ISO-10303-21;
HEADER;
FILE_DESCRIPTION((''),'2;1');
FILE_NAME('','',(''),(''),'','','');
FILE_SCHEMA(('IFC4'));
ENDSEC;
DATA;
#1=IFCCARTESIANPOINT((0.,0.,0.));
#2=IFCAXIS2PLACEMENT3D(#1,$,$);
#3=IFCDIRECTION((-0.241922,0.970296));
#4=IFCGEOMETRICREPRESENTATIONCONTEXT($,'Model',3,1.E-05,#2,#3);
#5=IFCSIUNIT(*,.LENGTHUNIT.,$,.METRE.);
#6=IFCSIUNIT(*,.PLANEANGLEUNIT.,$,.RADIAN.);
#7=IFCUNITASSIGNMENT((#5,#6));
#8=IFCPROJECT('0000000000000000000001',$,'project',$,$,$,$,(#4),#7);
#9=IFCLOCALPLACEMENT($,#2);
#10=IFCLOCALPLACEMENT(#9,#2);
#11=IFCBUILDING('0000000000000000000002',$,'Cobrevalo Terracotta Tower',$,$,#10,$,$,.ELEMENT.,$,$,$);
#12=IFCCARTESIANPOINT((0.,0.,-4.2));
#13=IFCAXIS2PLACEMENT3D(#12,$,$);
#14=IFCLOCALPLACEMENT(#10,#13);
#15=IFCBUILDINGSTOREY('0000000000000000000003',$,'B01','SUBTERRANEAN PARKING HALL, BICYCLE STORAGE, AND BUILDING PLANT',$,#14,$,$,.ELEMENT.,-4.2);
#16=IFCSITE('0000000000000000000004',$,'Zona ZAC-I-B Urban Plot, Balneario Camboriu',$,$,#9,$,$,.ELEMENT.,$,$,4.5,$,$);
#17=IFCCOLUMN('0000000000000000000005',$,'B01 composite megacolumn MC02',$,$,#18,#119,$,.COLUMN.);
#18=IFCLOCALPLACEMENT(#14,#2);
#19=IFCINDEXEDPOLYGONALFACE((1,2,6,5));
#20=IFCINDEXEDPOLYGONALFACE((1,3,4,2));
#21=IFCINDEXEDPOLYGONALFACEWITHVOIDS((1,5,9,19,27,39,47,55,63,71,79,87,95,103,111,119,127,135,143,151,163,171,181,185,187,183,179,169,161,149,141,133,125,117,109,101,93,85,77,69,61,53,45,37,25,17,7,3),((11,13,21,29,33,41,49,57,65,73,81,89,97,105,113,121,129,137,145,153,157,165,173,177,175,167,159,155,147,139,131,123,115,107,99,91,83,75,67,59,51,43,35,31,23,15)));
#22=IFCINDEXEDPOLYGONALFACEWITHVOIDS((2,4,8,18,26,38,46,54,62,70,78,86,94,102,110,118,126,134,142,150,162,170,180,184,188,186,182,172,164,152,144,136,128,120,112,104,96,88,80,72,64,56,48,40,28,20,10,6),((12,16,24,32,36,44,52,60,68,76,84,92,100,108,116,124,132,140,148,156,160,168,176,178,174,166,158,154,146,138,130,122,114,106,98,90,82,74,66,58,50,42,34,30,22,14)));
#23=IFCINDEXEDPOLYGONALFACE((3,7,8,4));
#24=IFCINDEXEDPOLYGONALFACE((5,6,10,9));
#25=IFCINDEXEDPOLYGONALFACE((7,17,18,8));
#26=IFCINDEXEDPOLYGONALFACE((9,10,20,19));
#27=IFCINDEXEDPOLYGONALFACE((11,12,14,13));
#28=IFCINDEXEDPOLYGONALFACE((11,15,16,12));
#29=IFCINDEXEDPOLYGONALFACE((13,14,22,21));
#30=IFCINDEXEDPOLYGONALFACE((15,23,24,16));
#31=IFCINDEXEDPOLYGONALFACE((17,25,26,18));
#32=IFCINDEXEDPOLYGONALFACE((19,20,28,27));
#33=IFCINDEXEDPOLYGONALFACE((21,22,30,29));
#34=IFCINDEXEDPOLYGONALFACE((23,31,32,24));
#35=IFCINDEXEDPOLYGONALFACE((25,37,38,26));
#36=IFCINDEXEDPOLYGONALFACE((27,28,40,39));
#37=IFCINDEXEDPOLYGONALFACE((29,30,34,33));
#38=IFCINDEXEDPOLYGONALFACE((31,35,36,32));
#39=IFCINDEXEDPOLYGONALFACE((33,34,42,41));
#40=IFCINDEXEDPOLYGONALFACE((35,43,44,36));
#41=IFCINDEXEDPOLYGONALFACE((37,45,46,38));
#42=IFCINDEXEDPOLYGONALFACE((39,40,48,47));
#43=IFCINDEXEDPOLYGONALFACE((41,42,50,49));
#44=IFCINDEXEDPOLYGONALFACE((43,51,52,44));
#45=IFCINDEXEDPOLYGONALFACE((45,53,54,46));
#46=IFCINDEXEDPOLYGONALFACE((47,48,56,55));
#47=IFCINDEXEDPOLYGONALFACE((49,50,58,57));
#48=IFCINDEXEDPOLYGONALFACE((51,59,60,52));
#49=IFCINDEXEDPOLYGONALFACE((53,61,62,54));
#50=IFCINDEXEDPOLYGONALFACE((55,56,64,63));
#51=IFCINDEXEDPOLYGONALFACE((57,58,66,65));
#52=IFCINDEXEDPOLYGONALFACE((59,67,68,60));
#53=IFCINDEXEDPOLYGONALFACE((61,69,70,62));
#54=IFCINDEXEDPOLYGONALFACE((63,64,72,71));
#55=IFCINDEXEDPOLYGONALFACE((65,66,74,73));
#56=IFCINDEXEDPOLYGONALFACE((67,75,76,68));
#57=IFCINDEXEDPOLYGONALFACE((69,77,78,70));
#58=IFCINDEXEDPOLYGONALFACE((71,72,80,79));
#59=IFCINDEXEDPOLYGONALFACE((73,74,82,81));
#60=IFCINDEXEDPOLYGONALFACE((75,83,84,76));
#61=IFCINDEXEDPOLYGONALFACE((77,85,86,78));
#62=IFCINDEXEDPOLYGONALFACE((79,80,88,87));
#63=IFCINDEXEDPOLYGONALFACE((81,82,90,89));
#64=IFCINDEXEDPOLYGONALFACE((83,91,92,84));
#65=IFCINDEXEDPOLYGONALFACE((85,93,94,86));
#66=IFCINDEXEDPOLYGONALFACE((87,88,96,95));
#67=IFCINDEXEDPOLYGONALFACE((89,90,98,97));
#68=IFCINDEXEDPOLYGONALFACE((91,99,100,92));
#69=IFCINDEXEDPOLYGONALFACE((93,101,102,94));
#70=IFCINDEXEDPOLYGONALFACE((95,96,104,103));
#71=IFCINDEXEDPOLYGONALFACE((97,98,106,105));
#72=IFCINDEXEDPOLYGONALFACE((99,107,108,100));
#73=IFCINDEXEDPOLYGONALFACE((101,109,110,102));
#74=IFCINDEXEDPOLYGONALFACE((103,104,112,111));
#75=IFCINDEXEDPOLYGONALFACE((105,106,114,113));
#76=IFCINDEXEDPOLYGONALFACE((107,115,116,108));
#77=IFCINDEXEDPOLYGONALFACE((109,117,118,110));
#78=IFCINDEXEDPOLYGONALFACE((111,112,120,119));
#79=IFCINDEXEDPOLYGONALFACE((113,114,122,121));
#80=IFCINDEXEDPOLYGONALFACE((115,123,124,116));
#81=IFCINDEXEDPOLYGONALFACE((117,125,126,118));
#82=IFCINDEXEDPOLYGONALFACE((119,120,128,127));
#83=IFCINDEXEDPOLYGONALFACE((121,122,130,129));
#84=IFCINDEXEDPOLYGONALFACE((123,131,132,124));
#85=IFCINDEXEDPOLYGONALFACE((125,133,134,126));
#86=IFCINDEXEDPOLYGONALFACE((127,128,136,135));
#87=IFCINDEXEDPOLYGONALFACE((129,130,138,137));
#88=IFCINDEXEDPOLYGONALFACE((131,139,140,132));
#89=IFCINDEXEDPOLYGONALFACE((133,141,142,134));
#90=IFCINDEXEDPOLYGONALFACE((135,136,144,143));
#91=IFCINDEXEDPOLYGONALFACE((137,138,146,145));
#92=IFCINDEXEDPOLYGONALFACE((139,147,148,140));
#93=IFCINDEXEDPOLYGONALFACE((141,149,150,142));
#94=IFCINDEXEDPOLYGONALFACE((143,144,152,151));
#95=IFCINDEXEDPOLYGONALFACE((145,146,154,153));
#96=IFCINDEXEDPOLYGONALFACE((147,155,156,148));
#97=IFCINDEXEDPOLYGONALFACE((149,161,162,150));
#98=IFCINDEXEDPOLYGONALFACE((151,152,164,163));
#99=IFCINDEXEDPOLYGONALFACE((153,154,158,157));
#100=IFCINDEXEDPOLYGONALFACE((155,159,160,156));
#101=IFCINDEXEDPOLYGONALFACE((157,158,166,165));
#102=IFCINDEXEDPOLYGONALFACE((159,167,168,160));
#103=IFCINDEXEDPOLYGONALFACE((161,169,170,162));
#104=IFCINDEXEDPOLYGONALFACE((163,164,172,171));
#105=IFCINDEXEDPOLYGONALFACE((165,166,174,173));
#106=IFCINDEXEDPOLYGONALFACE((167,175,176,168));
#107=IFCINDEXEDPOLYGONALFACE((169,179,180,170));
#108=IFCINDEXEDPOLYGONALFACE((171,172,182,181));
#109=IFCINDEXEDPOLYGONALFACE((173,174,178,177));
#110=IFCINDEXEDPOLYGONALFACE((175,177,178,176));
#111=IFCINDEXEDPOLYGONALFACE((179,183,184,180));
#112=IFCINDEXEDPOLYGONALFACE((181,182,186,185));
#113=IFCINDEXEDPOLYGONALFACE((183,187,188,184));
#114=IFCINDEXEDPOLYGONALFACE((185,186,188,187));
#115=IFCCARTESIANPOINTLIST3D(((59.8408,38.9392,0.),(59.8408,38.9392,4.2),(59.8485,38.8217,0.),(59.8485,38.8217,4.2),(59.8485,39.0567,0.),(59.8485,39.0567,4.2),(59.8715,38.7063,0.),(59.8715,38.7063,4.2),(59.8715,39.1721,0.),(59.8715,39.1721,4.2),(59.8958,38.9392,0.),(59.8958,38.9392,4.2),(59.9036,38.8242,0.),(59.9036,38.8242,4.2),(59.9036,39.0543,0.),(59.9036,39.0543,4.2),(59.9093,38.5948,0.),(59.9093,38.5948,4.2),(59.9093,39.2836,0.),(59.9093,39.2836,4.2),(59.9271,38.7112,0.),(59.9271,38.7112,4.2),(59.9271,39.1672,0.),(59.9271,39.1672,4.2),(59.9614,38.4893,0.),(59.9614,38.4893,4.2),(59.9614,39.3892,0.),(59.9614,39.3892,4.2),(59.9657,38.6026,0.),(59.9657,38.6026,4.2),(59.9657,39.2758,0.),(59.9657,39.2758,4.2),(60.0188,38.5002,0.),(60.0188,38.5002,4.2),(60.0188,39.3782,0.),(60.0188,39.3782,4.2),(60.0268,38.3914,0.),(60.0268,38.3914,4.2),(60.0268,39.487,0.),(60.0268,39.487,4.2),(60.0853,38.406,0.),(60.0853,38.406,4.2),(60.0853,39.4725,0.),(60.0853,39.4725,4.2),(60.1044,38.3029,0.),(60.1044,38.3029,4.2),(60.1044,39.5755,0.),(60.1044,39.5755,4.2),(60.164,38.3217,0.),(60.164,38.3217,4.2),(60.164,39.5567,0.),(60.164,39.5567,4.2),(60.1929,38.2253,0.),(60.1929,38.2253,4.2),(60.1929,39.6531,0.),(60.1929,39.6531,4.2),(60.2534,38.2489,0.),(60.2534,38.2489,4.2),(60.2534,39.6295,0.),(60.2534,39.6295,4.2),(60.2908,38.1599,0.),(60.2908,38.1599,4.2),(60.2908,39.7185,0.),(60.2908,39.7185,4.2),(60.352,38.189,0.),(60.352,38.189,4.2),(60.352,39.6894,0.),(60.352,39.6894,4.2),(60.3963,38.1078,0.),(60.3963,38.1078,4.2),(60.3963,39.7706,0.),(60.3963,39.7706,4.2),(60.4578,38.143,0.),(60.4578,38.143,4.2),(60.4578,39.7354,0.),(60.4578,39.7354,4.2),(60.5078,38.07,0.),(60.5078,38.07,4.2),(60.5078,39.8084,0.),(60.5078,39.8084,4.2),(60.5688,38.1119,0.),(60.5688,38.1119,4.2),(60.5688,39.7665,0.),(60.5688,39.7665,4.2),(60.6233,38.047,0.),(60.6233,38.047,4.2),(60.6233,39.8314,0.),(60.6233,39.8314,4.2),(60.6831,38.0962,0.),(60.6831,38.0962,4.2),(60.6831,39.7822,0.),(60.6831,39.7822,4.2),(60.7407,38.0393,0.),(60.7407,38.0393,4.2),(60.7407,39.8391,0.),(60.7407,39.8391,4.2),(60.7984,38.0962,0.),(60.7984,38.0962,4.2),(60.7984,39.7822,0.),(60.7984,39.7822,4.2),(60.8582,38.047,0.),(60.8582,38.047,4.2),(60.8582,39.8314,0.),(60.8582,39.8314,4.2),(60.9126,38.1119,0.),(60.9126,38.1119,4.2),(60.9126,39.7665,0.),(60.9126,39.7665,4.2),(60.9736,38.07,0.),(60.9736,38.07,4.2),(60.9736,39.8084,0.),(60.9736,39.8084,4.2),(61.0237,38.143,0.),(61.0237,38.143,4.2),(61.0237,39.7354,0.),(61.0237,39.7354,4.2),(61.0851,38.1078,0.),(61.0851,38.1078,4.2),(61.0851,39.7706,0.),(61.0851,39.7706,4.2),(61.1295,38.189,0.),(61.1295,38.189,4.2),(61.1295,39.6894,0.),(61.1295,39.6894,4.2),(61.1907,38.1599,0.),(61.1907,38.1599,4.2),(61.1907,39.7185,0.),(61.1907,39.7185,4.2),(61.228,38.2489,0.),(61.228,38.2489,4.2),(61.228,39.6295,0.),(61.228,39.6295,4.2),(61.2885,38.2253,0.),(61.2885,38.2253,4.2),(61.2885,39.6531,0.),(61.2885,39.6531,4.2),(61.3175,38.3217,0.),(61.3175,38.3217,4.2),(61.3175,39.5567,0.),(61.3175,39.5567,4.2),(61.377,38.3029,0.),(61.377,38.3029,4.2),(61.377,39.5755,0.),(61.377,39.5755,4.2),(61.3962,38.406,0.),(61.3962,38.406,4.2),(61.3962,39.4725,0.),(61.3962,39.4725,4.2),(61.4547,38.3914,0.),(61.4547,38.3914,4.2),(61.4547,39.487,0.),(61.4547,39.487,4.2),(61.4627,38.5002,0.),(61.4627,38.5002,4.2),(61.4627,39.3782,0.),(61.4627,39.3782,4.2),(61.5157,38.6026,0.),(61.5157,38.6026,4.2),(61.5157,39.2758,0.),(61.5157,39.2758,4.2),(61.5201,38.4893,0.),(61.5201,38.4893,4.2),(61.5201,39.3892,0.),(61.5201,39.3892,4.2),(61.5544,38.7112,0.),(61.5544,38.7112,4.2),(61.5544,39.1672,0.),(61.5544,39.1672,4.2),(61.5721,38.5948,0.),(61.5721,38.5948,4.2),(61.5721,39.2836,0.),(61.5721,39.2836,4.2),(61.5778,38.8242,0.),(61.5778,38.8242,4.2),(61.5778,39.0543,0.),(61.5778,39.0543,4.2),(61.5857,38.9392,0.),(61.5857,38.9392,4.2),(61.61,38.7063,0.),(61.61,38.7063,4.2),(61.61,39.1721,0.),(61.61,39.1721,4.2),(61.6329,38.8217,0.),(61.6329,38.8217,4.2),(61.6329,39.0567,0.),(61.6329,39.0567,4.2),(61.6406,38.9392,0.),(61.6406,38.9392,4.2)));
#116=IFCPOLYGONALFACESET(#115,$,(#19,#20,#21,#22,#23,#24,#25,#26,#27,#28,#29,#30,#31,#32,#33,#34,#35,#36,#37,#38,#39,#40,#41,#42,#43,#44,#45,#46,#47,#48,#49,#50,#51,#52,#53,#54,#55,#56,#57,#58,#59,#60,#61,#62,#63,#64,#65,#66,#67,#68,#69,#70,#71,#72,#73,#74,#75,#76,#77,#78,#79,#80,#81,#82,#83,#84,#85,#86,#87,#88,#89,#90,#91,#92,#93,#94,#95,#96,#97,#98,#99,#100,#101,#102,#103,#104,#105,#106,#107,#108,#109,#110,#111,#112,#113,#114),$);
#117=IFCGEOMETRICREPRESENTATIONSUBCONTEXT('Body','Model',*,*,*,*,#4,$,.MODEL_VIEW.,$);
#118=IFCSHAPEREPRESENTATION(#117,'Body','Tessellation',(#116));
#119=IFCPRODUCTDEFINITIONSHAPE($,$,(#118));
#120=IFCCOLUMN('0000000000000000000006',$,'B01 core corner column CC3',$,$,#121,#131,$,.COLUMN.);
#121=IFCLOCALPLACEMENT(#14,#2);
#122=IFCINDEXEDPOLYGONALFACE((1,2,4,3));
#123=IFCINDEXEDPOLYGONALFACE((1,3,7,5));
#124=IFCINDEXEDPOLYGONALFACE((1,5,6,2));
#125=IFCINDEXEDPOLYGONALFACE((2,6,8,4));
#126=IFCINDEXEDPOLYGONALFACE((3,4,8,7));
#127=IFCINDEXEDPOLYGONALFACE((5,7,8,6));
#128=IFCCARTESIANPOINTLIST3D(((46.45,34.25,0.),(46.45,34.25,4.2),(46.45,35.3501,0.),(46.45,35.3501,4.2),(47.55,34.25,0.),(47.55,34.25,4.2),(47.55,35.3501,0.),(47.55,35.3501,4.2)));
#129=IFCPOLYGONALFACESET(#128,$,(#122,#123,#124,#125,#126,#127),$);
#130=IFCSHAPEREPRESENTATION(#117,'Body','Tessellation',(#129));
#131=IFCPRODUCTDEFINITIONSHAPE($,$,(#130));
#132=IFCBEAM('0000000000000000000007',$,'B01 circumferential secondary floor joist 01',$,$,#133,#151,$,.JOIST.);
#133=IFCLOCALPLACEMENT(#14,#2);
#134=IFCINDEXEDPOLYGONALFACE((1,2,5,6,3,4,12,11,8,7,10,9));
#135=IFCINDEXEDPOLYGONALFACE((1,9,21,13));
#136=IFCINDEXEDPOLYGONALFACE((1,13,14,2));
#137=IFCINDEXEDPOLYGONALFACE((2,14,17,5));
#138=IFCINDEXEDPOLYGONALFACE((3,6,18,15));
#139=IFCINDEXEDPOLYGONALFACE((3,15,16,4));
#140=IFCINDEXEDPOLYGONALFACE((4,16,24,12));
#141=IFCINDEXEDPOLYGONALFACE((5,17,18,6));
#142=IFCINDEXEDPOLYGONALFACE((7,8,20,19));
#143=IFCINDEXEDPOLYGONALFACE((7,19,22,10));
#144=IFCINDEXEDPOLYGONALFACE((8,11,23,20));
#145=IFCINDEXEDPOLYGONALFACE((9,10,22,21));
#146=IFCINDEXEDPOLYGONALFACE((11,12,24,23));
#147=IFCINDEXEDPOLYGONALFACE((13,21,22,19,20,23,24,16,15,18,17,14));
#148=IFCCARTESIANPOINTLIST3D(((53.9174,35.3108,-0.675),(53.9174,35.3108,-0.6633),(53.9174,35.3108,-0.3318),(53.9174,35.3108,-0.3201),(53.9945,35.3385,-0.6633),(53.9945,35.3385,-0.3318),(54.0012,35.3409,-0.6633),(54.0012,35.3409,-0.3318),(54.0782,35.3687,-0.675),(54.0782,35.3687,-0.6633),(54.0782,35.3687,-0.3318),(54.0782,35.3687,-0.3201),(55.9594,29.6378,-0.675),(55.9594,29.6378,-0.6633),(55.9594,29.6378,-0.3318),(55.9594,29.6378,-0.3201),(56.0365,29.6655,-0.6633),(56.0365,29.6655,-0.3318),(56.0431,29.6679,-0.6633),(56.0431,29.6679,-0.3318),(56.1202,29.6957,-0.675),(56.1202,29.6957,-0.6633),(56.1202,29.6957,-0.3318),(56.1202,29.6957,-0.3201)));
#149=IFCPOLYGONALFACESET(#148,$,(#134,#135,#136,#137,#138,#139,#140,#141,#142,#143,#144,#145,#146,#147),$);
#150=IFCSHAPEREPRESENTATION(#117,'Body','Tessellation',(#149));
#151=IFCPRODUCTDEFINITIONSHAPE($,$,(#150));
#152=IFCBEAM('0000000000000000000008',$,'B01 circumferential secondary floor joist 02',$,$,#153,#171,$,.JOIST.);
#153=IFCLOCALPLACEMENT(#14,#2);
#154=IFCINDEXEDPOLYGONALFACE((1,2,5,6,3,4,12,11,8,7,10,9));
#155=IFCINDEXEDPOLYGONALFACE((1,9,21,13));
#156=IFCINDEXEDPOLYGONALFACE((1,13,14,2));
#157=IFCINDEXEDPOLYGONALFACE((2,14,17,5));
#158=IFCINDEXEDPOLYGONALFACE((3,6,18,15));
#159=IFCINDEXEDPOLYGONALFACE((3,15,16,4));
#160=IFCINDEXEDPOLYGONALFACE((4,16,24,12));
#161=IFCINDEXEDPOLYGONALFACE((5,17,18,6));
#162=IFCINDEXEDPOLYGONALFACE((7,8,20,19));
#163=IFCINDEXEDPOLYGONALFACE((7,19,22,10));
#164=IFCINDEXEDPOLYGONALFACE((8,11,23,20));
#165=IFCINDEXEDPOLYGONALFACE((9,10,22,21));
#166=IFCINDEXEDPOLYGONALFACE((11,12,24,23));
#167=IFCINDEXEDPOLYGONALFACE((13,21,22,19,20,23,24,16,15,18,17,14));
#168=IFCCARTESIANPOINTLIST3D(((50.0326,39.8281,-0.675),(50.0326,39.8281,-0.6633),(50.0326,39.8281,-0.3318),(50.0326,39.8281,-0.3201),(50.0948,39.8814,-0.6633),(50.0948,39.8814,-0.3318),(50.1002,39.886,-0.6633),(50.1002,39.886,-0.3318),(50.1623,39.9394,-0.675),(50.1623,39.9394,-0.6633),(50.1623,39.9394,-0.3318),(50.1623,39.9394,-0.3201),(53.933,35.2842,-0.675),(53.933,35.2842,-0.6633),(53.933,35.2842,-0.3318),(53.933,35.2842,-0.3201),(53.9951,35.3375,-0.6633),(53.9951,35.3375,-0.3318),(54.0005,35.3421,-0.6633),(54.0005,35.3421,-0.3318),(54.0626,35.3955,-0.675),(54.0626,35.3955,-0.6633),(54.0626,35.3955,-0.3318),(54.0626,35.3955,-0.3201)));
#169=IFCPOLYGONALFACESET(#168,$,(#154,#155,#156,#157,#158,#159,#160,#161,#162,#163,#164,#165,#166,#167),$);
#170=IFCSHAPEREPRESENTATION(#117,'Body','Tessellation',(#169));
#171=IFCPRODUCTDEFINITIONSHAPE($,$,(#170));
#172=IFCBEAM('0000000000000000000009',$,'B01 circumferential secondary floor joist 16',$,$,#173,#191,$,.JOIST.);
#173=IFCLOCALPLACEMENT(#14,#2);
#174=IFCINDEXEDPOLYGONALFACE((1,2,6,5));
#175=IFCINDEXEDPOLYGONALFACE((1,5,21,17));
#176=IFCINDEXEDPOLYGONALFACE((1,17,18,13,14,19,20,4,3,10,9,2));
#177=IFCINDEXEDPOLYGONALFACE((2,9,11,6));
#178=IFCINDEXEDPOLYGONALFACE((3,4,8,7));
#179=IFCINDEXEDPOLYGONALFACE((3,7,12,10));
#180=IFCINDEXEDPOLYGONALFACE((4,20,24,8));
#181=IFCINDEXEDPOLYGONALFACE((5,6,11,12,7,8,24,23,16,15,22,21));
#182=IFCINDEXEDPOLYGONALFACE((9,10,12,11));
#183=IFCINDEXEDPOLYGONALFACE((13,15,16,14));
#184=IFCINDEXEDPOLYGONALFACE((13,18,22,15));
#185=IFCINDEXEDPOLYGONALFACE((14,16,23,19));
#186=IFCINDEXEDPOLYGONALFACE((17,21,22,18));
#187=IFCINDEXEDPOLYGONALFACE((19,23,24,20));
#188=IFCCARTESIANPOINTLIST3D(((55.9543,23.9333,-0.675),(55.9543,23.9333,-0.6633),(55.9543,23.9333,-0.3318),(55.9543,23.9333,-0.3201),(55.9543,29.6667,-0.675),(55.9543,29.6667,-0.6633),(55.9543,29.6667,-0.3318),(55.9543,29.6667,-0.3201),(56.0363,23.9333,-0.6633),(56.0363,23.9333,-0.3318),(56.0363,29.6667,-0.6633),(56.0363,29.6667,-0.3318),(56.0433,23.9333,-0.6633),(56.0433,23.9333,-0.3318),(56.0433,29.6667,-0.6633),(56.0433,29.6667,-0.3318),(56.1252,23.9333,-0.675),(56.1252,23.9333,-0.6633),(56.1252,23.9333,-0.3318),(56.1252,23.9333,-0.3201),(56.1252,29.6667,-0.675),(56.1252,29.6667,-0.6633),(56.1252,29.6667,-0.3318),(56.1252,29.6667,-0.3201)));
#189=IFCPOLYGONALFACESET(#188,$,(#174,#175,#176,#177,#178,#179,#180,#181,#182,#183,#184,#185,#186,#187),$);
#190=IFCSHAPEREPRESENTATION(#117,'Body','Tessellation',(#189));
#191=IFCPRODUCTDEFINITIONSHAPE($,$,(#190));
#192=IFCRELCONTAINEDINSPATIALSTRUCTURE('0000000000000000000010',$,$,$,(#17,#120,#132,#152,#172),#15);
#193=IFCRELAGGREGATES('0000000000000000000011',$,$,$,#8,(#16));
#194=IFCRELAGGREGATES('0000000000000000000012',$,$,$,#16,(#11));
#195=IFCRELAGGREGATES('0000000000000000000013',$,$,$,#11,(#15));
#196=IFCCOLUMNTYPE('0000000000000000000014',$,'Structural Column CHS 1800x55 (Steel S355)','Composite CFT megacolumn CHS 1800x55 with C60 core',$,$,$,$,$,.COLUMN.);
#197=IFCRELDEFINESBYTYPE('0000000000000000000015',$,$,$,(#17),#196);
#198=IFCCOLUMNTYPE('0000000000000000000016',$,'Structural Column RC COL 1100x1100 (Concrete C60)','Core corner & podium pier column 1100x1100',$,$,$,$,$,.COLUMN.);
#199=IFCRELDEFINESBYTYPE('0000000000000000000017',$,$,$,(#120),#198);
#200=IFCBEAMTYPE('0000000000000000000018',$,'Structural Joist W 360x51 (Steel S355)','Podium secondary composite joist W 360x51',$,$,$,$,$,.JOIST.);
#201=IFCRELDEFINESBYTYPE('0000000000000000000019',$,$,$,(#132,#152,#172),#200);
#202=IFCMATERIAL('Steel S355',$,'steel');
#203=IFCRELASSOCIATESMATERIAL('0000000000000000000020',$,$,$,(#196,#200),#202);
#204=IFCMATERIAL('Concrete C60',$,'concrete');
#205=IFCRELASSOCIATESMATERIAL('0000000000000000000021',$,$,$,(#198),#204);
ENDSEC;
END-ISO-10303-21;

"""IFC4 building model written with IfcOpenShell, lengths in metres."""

from ifc_helpers import new_model, si_unit, direction, frame, origin, origin_2d, place, context, subcontext, project, spatial, rectangle, hollow_circle, i_section, extrude, material, material_profile, profile_set, type_object, element, save


model = new_model("IFC4")

# Units and contexts
model_context = context("Model", 3, precision=1e-05, world=origin(), true_north=direction((-0.241922, 0.970296)))
body_context = subcontext(model_context, "Body", "Model", "MODEL_VIEW")
ifc_project = project(units=[si_unit("LENGTHUNIT", "METRE"), si_unit("PLANEANGLEUNIT", "RADIAN")], contexts=[model_context])

# Site, building, storey
site_placement = place(None, origin())
site = spatial("IfcSite", under=ifc_project, at=site_placement, Name="Zona ZAC-I-B Urban Plot, Balneario Camboriu", CompositionType="ELEMENT", RefElevation=4.5)
building_placement = place(site_placement, origin())
building = spatial("IfcBuilding", under=site, at=building_placement, Name="Cobrevalo Terracotta Tower", CompositionType="ELEMENT")
storey_placement = place(building_placement, frame((0.0, 0.0, -4.2)))
storey = spatial("IfcBuildingStorey", under=building, at=storey_placement, Name="B01", Description="SUBTERRANEAN PARKING HALL, BICYCLE STORAGE, AND BUILDING PLANT", CompositionType="ELEMENT", Elevation=-4.2)

# Columns
ifc_material_1 = material(Name="Steel S355", Category="steel")
ifc_material_profile_1 = material_profile(ifc_material_1, hollow_circle(Radius=0.8999, WallThickness=0.0549, at=origin_2d()), Name="CHS 1800x55")
ifc_profile_set_1 = profile_set([ifc_material_profile_1], Name="Steel S355")
column_type_1 = type_object("IfcColumnType", Name="Structural Column CHS 1800x55 (Steel S355)", Description="Composite CFT megacolumn CHS 1800x55 with C60 core", PredefinedType="COLUMN", material=ifc_profile_set_1)
column_1_placement = place(storey_placement, frame((60.7407, 38.9392, 0.0), z_axis=(0.0, 0.0, 1.0), x_axis=(1.0, 0.0, 0.0)))
element("IfcColumn", 1, at=column_1_placement, inside=storey, type_object=column_type_1, Name="B01 composite megacolumn MC02", PredefinedType="COLUMN", context=body_context, shape_type="SweptSolid", body=[
    extrude(hollow_circle(Radius=0.8999, WallThickness=0.0549, at=origin_2d()), origin(), (0.0, 0.0, 1.0), 4.2),
])
ifc_material_2 = material(Name="Concrete C60", Category="concrete")
ifc_material_profile_2 = material_profile(ifc_material_2, rectangle(XDim=1.1001, YDim=1.1001, at=origin_2d()), Name="RC COL 1100x1100")
ifc_profile_set_2 = profile_set([ifc_material_profile_2], Name="Concrete C60")
column_type_2 = type_object("IfcColumnType", Name="Structural Column RC COL 1100x1100 (Concrete C60)", Description="Core corner & podium pier column 1100x1100", PredefinedType="COLUMN", material=ifc_profile_set_2)
column_2_placement = place(storey_placement, frame((47.0, 34.8, 0.0), z_axis=(0.0, 0.0, 1.0), x_axis=(1.0, 0.0, 0.0)))
element("IfcColumn", 2, at=column_2_placement, inside=storey, type_object=column_type_2, Name="B01 core corner column CC3", PredefinedType="COLUMN", context=body_context, shape_type="SweptSolid", body=[
    extrude(rectangle(XDim=1.1001, YDim=1.1001, at=origin_2d()), origin(), (0.0, 0.0, 1.0), 4.2),
])

# Beams
ifc_material_profile_3 = material_profile(ifc_material_1, i_section(OverallWidth=0.1709, OverallDepth=0.355, WebThickness=0.0071, FlangeThickness=0.0117, at=origin_2d()), Name="W 360x51")
ifc_profile_set_3 = profile_set([ifc_material_profile_3], Name="Steel S355")
beam_type = type_object("IfcBeamType", Name="Structural Joist W 360x51 (Steel S355)", Description="Podium secondary composite joist W 360x51", PredefinedType="JOIST", material=ifc_profile_set_3)
beam_1_placement = place(storey_placement, frame((56.0398, 29.6667, -0.4976), z_axis=(-0.338672, 0.940904, 0.0), x_axis=(-0.940904, -0.338672, 0.0)))
element("IfcBeam", 3, at=beam_1_placement, inside=storey, type_object=beam_type, Name="B01 circumferential secondary floor joist 01", PredefinedType="JOIST", context=body_context, shape_type="SweptSolid", body=[
    extrude(i_section(OverallWidth=0.1709, OverallDepth=0.355, WebThickness=0.0071, FlangeThickness=0.0117, at=origin_2d()), origin(), (0.0, 0.0, 1.0), 6.0293),
])
beam_2_placement = place(storey_placement, frame((53.9978, 35.3398, -0.4976), z_axis=(-0.651328, 0.758796, 0.0), x_axis=(-0.758796, -0.651328, 0.0)))
element("IfcBeam", 4, at=beam_2_placement, inside=storey, type_object=beam_type, Name="B01 circumferential secondary floor joist 02", PredefinedType="JOIST", context=body_context, shape_type="SweptSolid", body=[
    extrude(i_section(OverallWidth=0.1709, OverallDepth=0.355, WebThickness=0.0071, FlangeThickness=0.0117, at=origin_2d()), origin(), (0.0, 0.0, 1.0), 5.9883),
])
beam_3_placement = place(storey_placement, frame((56.0398, 23.9333, -0.4976), z_axis=(0.0, 1.0, 0.0), x_axis=(-1.0, 0.0, 0.0)))
element("IfcBeam", 5, at=beam_3_placement, inside=storey, type_object=beam_type, Name="B01 circumferential secondary floor joist 16", PredefinedType="JOIST", context=body_context, shape_type="SweptSolid", body=[
    extrude(i_section(OverallWidth=0.1709, OverallDepth=0.355, WebThickness=0.0071, FlangeThickness=0.0117, at=origin_2d()), origin(), (0.0, 0.0, 1.0), 5.7334),
])

save(model, "model.ifc")
